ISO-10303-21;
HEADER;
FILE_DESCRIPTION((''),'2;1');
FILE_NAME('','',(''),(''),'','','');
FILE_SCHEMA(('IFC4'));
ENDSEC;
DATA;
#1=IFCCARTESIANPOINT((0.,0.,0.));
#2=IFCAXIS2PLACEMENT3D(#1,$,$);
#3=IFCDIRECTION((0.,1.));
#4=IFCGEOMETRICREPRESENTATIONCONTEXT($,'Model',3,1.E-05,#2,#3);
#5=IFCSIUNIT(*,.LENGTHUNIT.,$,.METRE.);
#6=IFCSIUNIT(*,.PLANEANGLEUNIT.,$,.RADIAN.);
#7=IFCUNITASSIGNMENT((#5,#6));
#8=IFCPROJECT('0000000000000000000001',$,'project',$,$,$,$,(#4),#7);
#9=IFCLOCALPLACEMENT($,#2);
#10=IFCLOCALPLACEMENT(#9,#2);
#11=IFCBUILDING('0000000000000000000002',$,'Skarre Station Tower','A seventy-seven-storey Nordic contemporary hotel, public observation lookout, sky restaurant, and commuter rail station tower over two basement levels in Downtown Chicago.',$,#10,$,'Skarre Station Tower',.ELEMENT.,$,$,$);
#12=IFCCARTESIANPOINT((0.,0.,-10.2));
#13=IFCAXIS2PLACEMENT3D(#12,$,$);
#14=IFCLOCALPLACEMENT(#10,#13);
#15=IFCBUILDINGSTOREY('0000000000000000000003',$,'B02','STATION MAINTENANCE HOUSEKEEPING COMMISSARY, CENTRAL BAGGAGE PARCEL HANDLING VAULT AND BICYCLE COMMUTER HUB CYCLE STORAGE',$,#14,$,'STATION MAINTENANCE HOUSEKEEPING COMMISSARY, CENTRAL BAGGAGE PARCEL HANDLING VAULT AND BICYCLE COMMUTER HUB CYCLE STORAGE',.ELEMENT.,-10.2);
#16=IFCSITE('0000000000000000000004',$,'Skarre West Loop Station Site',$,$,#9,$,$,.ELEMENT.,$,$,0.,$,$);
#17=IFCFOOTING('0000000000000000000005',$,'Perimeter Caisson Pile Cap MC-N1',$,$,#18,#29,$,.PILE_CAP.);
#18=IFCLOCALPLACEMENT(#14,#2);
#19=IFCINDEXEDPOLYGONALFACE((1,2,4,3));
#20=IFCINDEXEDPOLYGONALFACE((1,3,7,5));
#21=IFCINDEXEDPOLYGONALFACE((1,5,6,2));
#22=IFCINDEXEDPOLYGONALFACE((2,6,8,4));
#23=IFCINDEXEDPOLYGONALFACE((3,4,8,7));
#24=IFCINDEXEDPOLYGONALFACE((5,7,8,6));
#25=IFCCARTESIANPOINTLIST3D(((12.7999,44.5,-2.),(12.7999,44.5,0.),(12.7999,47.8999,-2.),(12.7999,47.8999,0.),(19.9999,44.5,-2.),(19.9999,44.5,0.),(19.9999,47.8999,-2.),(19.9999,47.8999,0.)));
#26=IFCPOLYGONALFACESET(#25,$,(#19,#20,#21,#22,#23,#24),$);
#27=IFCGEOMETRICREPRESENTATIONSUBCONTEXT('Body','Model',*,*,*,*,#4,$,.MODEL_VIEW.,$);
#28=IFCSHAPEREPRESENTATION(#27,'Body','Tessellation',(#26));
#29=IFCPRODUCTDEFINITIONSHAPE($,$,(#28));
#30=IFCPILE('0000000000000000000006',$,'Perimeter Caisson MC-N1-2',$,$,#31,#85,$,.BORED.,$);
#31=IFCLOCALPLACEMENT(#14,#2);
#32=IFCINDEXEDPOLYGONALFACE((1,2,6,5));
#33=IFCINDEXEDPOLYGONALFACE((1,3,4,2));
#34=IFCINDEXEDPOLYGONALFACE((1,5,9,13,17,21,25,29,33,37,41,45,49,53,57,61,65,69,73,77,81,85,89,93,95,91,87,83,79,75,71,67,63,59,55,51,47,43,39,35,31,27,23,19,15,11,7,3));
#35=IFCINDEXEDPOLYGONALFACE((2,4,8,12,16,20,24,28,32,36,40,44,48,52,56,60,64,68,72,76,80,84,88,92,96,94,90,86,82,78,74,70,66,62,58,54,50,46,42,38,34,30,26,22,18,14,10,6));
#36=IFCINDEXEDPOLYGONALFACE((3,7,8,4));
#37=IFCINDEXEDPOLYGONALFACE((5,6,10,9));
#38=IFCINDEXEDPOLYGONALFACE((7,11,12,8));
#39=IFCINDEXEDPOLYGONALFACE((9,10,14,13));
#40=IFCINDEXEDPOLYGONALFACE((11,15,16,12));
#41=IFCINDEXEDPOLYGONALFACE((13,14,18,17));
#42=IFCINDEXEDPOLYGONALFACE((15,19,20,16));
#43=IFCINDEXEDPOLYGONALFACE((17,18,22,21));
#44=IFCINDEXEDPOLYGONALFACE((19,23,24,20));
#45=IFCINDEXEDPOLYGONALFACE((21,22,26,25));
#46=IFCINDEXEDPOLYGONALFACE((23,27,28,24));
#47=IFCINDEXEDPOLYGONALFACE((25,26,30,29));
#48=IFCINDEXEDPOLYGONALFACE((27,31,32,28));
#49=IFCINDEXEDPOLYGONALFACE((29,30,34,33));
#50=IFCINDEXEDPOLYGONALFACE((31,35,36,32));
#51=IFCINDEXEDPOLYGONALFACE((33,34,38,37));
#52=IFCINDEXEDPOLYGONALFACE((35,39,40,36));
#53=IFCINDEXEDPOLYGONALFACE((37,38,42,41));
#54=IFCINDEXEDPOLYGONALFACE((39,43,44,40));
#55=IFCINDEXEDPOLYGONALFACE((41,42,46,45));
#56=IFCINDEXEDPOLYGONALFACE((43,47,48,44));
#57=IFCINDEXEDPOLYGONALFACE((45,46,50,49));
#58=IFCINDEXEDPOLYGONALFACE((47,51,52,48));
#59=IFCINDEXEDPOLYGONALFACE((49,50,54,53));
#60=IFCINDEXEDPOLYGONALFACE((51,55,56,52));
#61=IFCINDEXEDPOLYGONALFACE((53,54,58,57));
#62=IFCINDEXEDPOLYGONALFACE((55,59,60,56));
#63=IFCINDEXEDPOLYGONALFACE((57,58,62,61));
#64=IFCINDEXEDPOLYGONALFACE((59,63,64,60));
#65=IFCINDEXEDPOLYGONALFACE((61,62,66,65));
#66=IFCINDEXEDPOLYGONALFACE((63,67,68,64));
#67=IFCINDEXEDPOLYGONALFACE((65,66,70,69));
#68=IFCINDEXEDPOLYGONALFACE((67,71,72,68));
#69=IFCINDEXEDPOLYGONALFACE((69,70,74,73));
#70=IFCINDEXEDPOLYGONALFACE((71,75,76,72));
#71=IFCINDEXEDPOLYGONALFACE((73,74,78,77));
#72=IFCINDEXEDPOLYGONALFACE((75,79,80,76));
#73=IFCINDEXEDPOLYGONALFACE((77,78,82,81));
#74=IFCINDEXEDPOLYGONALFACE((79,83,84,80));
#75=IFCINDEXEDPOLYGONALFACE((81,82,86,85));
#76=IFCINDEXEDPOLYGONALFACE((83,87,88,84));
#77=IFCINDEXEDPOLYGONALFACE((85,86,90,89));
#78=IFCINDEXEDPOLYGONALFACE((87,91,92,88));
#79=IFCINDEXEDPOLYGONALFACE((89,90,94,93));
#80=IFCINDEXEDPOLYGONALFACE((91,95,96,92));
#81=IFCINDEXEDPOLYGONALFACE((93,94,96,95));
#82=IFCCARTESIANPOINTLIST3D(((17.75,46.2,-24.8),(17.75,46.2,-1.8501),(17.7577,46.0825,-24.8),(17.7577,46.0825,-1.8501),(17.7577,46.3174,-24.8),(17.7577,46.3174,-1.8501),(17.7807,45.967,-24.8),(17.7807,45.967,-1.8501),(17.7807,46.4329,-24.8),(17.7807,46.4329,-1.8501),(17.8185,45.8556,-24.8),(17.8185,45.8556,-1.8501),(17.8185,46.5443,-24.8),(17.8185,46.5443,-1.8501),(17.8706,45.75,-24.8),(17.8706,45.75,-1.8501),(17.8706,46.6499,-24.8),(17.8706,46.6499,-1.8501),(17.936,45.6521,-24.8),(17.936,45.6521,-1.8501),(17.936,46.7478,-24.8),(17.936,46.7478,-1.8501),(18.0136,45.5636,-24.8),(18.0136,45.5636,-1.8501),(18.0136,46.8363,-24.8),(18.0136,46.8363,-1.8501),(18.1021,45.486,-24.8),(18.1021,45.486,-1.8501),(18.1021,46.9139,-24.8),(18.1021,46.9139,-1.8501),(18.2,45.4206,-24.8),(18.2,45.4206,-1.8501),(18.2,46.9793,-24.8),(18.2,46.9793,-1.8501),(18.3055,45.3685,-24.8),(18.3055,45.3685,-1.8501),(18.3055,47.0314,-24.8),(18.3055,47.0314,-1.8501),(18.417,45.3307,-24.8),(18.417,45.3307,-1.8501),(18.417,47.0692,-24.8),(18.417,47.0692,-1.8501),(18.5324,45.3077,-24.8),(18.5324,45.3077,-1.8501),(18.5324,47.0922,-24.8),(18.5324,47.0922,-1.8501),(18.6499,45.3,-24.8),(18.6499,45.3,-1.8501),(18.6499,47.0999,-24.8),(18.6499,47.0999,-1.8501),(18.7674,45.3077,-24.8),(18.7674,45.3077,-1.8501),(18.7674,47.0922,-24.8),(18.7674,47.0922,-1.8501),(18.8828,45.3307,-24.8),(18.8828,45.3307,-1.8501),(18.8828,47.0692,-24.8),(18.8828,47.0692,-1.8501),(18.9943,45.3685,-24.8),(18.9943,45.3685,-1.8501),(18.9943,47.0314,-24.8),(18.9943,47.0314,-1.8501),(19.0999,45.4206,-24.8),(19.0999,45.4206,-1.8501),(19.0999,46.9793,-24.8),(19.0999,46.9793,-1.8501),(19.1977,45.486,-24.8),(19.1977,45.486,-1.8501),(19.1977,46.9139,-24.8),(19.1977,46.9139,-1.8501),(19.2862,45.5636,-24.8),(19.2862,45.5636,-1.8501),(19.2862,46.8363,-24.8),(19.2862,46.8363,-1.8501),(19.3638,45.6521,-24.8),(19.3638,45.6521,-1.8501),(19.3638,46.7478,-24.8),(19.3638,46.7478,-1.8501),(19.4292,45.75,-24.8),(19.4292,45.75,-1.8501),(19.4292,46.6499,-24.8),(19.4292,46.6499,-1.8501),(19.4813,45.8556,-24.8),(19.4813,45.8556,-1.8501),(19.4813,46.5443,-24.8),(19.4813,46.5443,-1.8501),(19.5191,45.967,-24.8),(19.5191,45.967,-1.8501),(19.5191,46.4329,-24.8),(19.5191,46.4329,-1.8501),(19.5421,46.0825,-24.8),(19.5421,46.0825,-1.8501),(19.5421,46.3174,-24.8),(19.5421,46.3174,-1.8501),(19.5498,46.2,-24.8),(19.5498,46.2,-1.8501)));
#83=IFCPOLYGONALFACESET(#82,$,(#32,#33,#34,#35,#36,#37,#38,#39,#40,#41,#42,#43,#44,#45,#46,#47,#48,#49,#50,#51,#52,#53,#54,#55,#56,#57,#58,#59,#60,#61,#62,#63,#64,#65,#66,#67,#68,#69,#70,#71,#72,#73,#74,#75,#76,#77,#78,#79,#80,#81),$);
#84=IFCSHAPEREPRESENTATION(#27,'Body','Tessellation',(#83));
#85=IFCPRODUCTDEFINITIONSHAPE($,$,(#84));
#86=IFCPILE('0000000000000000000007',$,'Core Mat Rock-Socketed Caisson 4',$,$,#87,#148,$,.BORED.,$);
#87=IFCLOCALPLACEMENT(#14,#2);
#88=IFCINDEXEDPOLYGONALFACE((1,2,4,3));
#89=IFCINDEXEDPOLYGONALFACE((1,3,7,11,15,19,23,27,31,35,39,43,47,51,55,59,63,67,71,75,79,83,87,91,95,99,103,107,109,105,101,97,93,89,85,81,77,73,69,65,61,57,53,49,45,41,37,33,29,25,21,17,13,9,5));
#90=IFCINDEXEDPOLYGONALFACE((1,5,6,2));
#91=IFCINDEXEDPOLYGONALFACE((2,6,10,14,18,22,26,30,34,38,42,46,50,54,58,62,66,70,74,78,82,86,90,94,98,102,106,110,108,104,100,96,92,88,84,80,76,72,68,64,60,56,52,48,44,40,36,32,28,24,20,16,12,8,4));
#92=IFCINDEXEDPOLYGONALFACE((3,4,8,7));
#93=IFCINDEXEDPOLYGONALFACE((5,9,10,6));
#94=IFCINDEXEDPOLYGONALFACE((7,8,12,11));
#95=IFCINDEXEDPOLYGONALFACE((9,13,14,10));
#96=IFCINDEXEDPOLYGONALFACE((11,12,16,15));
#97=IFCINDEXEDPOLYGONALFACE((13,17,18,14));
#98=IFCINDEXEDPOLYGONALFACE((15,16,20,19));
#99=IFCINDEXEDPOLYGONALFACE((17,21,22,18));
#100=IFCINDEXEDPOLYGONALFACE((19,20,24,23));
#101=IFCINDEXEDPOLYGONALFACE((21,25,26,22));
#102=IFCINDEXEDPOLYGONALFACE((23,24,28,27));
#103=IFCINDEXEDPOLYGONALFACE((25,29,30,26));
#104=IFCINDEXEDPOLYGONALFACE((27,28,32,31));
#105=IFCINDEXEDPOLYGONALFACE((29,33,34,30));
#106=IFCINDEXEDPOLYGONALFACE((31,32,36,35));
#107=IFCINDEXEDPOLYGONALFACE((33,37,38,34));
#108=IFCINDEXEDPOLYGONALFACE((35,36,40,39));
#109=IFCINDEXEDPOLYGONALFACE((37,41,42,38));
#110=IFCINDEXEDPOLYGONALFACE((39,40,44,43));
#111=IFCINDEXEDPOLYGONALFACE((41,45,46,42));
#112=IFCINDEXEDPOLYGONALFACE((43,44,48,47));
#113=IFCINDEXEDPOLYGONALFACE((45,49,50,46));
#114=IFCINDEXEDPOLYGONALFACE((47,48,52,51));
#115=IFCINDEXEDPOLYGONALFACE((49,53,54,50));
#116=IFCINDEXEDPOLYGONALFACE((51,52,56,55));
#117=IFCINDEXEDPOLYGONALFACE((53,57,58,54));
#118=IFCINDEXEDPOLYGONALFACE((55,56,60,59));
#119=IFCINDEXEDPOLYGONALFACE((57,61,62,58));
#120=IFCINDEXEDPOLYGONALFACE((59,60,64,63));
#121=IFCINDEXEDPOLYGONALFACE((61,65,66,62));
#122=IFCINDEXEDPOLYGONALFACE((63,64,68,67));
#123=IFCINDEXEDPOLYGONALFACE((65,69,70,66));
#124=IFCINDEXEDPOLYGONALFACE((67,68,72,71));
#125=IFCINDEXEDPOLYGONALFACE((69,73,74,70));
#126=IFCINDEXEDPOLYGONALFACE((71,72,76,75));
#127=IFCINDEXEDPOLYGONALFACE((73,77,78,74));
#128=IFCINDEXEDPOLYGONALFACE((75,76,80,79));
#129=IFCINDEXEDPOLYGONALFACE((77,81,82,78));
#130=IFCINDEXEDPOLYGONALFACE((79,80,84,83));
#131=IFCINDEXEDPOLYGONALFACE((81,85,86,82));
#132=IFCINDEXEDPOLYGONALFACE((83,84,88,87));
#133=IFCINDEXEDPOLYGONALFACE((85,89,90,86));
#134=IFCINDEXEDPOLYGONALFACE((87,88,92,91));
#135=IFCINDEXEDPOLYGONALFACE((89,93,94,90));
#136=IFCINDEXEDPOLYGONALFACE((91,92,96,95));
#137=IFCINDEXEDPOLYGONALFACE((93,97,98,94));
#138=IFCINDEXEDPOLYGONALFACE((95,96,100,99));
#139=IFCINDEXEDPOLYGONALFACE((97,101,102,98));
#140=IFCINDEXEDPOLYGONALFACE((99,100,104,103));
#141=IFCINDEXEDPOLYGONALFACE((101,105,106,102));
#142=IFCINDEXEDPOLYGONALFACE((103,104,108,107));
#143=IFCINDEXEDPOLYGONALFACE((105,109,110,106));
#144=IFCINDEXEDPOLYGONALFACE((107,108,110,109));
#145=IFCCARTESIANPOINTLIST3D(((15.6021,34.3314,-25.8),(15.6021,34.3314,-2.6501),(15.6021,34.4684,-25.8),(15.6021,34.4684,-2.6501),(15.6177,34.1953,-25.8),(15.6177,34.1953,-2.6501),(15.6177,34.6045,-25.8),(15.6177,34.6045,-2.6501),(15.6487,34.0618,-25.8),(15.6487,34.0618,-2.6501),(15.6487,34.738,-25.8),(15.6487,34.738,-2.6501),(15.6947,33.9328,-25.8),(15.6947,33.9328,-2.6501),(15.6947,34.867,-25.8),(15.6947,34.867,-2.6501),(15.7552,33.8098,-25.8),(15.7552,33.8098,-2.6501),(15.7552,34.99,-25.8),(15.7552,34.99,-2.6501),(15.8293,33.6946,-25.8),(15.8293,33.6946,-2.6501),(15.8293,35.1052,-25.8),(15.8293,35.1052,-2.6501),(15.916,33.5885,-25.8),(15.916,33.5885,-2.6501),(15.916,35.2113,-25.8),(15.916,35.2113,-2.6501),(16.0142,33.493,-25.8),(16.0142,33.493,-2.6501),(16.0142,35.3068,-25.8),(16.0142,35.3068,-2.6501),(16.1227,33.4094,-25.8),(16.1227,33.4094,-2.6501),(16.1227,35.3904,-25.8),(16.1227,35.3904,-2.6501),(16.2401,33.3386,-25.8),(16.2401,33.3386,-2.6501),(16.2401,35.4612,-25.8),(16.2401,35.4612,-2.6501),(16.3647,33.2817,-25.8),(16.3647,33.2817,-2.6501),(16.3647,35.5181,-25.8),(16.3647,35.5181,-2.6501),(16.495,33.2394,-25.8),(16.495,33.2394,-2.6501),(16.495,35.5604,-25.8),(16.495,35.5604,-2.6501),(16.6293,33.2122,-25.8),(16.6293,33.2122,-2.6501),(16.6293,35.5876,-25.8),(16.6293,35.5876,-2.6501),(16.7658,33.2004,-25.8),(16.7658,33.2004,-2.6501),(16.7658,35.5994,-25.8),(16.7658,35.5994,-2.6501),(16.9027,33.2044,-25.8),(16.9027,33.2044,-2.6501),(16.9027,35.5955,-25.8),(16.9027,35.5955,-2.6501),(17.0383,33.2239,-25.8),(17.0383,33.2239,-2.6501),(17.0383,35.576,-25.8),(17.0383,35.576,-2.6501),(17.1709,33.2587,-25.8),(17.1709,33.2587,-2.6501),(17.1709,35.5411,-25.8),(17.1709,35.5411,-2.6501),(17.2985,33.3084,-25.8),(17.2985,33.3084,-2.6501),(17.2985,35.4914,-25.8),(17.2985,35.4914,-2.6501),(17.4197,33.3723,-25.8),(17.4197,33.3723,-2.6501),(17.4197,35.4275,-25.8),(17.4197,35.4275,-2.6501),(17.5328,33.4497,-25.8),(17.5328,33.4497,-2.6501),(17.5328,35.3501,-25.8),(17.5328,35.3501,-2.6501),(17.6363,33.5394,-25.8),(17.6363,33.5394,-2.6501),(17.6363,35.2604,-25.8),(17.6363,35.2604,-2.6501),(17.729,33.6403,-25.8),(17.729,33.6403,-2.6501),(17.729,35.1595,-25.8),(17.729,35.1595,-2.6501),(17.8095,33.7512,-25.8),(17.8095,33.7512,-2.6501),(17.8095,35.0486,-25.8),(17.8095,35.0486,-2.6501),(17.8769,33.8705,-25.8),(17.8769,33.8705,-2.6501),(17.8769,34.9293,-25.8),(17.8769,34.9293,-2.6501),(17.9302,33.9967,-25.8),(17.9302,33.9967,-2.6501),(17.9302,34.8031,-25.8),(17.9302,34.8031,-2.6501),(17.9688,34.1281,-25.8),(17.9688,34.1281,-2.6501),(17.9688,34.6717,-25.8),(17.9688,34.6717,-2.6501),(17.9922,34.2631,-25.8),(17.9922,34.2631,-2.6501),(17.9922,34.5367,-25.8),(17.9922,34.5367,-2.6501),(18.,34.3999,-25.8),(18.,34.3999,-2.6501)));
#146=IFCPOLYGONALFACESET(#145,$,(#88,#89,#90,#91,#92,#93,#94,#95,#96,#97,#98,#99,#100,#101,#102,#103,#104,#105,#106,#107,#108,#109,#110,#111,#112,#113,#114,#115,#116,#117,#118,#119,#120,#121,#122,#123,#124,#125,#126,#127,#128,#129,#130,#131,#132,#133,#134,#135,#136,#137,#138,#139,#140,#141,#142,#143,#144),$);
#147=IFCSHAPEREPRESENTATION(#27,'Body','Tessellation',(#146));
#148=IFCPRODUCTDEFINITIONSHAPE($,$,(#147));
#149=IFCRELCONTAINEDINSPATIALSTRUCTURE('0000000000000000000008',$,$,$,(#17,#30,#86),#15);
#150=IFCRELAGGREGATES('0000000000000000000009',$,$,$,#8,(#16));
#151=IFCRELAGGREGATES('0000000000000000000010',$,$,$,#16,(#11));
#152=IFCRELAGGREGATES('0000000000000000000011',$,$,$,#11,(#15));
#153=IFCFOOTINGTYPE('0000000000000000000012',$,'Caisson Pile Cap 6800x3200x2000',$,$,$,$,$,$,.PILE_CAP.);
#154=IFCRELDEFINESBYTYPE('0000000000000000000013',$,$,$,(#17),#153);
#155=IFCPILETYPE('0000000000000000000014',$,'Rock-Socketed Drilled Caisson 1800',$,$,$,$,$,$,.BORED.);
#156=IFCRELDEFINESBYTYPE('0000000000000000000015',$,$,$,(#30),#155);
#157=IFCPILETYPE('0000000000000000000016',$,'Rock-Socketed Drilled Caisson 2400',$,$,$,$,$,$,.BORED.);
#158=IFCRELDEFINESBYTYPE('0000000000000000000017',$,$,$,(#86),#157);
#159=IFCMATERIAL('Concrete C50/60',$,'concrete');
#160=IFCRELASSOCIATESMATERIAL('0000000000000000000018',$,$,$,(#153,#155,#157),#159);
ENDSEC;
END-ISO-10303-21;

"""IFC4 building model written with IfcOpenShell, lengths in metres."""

from ifc_helpers import new_model, si_unit, direction, frame, origin, origin_2d, place, context, subcontext, project, spatial, rectangle, circle, extrude, material, material_profile, profile_set, type_object, element, save


model = new_model("IFC4")

# Units and contexts
model_context = context("Model", 3, precision=1e-05, world=origin(), true_north=direction((0.0, 1.0)))
body_context = subcontext(model_context, "Body", "Model", "MODEL_VIEW")
ifc_project = project(units=[si_unit("LENGTHUNIT", "METRE"), si_unit("PLANEANGLEUNIT", "RADIAN")], contexts=[model_context])

# Site, building, storey
site_placement = place(None, origin())
site = spatial("IfcSite", under=ifc_project, at=site_placement, Name="Skarre West Loop Station Site", CompositionType="ELEMENT", RefElevation=0.0)
building_placement = place(site_placement, origin())
building = spatial("IfcBuilding", under=site, at=building_placement, Name="Skarre Station Tower", Description="A seventy-seven-storey Nordic contemporary hotel, public observation lookout, sky restaurant, and commuter rail station tower over two basement levels in Downtown Chicago.", LongName="Skarre Station Tower", CompositionType="ELEMENT")
storey_placement = place(building_placement, frame((0.0, 0.0, -10.2)))
storey = spatial("IfcBuildingStorey", under=building, at=storey_placement, Name="B02", Description="STATION MAINTENANCE HOUSEKEEPING COMMISSARY, CENTRAL BAGGAGE PARCEL HANDLING VAULT AND BICYCLE COMMUTER HUB CYCLE STORAGE", LongName="STATION MAINTENANCE HOUSEKEEPING COMMISSARY, CENTRAL BAGGAGE PARCEL HANDLING VAULT AND BICYCLE COMMUTER HUB CYCLE STORAGE", CompositionType="ELEMENT", Elevation=-10.2)

# Footing
ifc_material_1 = material(Name="Concrete C50/60", Category="concrete")
footing_type = type_object("IfcFootingType", Name="Caisson Pile Cap 6800x3200x2000", PredefinedType="PILE_CAP", material=ifc_material_1)
footing_placement = place(storey_placement, frame((16.3999, 46.2, -2.0), z_axis=(0.0, 0.0, 1.0), x_axis=(1.0, 0.0, 0.0)))
element("IfcFooting", 1, at=footing_placement, inside=storey, type_object=footing_type, Name="Perimeter Caisson Pile Cap MC-N1", PredefinedType="PILE_CAP", context=body_context, shape_type="SweptSolid", body=[
    extrude(rectangle(XDim=7.2, YDim=3.3999, at=origin_2d()), origin(), (0.0, 0.0, 1.0), 2.0),
])

# Piles
ifc_material_profile_1 = material_profile(ifc_material_1, circle(Radius=0.8999, at=origin_2d()), Name="Concrete C50/60")
ifc_profile_set_1 = profile_set([ifc_material_profile_1], Name="Concrete C50/60")
pile_type_1 = type_object("IfcPileType", Name="Rock-Socketed Drilled Caisson 1800", PredefinedType="BORED", material=ifc_profile_set_1)
pile_placement = place(storey_placement, frame((18.6499, 46.2, -1.8501), z_axis=(0.0, 0.0, -1.0), x_axis=(1.0, 0.0, 0.0)))
element("IfcPile", 2, at=pile_placement, inside=storey, type_object=pile_type_1, Name="Perimeter Caisson MC-N1-2", PredefinedType="BORED", context=body_context, shape_type="SweptSolid", body=[
    extrude(circle(Radius=0.8999, at=origin_2d()), origin(), (0.0, 0.0, 1.0), 22.95),
])
ifc_material_profile_2 = material_profile(ifc_material_1, circle(Radius=1.2, at=origin_2d()), Name="Concrete C50/60")
ifc_profile_set_2 = profile_set([ifc_material_profile_2], Name="Concrete C50/60")
pile_type_2 = type_object("IfcPileType", Name="Rock-Socketed Drilled Caisson 2400", PredefinedType="BORED", material=ifc_profile_set_2)
for number, where, z_axis, x_axis, name in (
    (3, (16.8, 34.3999, -2.6501), (0.0, 0.0, -1.0), (1.0, 0.0, 0.0), "Core Mat Rock-Socketed Caisson 4"),
):
    element("IfcPile", number, at=place(storey_placement, frame(where, z_axis=z_axis, x_axis=x_axis)), inside=storey, type_object=pile_type_2, Name=name, PredefinedType="BORED", context=body_context, shape_type="SweptSolid", body=[
        extrude(circle(Radius=1.2, at=origin_2d()), origin(), (0.0, 0.0, 1.0), 23.1499),
    ])

save(model, "model.ifc")
